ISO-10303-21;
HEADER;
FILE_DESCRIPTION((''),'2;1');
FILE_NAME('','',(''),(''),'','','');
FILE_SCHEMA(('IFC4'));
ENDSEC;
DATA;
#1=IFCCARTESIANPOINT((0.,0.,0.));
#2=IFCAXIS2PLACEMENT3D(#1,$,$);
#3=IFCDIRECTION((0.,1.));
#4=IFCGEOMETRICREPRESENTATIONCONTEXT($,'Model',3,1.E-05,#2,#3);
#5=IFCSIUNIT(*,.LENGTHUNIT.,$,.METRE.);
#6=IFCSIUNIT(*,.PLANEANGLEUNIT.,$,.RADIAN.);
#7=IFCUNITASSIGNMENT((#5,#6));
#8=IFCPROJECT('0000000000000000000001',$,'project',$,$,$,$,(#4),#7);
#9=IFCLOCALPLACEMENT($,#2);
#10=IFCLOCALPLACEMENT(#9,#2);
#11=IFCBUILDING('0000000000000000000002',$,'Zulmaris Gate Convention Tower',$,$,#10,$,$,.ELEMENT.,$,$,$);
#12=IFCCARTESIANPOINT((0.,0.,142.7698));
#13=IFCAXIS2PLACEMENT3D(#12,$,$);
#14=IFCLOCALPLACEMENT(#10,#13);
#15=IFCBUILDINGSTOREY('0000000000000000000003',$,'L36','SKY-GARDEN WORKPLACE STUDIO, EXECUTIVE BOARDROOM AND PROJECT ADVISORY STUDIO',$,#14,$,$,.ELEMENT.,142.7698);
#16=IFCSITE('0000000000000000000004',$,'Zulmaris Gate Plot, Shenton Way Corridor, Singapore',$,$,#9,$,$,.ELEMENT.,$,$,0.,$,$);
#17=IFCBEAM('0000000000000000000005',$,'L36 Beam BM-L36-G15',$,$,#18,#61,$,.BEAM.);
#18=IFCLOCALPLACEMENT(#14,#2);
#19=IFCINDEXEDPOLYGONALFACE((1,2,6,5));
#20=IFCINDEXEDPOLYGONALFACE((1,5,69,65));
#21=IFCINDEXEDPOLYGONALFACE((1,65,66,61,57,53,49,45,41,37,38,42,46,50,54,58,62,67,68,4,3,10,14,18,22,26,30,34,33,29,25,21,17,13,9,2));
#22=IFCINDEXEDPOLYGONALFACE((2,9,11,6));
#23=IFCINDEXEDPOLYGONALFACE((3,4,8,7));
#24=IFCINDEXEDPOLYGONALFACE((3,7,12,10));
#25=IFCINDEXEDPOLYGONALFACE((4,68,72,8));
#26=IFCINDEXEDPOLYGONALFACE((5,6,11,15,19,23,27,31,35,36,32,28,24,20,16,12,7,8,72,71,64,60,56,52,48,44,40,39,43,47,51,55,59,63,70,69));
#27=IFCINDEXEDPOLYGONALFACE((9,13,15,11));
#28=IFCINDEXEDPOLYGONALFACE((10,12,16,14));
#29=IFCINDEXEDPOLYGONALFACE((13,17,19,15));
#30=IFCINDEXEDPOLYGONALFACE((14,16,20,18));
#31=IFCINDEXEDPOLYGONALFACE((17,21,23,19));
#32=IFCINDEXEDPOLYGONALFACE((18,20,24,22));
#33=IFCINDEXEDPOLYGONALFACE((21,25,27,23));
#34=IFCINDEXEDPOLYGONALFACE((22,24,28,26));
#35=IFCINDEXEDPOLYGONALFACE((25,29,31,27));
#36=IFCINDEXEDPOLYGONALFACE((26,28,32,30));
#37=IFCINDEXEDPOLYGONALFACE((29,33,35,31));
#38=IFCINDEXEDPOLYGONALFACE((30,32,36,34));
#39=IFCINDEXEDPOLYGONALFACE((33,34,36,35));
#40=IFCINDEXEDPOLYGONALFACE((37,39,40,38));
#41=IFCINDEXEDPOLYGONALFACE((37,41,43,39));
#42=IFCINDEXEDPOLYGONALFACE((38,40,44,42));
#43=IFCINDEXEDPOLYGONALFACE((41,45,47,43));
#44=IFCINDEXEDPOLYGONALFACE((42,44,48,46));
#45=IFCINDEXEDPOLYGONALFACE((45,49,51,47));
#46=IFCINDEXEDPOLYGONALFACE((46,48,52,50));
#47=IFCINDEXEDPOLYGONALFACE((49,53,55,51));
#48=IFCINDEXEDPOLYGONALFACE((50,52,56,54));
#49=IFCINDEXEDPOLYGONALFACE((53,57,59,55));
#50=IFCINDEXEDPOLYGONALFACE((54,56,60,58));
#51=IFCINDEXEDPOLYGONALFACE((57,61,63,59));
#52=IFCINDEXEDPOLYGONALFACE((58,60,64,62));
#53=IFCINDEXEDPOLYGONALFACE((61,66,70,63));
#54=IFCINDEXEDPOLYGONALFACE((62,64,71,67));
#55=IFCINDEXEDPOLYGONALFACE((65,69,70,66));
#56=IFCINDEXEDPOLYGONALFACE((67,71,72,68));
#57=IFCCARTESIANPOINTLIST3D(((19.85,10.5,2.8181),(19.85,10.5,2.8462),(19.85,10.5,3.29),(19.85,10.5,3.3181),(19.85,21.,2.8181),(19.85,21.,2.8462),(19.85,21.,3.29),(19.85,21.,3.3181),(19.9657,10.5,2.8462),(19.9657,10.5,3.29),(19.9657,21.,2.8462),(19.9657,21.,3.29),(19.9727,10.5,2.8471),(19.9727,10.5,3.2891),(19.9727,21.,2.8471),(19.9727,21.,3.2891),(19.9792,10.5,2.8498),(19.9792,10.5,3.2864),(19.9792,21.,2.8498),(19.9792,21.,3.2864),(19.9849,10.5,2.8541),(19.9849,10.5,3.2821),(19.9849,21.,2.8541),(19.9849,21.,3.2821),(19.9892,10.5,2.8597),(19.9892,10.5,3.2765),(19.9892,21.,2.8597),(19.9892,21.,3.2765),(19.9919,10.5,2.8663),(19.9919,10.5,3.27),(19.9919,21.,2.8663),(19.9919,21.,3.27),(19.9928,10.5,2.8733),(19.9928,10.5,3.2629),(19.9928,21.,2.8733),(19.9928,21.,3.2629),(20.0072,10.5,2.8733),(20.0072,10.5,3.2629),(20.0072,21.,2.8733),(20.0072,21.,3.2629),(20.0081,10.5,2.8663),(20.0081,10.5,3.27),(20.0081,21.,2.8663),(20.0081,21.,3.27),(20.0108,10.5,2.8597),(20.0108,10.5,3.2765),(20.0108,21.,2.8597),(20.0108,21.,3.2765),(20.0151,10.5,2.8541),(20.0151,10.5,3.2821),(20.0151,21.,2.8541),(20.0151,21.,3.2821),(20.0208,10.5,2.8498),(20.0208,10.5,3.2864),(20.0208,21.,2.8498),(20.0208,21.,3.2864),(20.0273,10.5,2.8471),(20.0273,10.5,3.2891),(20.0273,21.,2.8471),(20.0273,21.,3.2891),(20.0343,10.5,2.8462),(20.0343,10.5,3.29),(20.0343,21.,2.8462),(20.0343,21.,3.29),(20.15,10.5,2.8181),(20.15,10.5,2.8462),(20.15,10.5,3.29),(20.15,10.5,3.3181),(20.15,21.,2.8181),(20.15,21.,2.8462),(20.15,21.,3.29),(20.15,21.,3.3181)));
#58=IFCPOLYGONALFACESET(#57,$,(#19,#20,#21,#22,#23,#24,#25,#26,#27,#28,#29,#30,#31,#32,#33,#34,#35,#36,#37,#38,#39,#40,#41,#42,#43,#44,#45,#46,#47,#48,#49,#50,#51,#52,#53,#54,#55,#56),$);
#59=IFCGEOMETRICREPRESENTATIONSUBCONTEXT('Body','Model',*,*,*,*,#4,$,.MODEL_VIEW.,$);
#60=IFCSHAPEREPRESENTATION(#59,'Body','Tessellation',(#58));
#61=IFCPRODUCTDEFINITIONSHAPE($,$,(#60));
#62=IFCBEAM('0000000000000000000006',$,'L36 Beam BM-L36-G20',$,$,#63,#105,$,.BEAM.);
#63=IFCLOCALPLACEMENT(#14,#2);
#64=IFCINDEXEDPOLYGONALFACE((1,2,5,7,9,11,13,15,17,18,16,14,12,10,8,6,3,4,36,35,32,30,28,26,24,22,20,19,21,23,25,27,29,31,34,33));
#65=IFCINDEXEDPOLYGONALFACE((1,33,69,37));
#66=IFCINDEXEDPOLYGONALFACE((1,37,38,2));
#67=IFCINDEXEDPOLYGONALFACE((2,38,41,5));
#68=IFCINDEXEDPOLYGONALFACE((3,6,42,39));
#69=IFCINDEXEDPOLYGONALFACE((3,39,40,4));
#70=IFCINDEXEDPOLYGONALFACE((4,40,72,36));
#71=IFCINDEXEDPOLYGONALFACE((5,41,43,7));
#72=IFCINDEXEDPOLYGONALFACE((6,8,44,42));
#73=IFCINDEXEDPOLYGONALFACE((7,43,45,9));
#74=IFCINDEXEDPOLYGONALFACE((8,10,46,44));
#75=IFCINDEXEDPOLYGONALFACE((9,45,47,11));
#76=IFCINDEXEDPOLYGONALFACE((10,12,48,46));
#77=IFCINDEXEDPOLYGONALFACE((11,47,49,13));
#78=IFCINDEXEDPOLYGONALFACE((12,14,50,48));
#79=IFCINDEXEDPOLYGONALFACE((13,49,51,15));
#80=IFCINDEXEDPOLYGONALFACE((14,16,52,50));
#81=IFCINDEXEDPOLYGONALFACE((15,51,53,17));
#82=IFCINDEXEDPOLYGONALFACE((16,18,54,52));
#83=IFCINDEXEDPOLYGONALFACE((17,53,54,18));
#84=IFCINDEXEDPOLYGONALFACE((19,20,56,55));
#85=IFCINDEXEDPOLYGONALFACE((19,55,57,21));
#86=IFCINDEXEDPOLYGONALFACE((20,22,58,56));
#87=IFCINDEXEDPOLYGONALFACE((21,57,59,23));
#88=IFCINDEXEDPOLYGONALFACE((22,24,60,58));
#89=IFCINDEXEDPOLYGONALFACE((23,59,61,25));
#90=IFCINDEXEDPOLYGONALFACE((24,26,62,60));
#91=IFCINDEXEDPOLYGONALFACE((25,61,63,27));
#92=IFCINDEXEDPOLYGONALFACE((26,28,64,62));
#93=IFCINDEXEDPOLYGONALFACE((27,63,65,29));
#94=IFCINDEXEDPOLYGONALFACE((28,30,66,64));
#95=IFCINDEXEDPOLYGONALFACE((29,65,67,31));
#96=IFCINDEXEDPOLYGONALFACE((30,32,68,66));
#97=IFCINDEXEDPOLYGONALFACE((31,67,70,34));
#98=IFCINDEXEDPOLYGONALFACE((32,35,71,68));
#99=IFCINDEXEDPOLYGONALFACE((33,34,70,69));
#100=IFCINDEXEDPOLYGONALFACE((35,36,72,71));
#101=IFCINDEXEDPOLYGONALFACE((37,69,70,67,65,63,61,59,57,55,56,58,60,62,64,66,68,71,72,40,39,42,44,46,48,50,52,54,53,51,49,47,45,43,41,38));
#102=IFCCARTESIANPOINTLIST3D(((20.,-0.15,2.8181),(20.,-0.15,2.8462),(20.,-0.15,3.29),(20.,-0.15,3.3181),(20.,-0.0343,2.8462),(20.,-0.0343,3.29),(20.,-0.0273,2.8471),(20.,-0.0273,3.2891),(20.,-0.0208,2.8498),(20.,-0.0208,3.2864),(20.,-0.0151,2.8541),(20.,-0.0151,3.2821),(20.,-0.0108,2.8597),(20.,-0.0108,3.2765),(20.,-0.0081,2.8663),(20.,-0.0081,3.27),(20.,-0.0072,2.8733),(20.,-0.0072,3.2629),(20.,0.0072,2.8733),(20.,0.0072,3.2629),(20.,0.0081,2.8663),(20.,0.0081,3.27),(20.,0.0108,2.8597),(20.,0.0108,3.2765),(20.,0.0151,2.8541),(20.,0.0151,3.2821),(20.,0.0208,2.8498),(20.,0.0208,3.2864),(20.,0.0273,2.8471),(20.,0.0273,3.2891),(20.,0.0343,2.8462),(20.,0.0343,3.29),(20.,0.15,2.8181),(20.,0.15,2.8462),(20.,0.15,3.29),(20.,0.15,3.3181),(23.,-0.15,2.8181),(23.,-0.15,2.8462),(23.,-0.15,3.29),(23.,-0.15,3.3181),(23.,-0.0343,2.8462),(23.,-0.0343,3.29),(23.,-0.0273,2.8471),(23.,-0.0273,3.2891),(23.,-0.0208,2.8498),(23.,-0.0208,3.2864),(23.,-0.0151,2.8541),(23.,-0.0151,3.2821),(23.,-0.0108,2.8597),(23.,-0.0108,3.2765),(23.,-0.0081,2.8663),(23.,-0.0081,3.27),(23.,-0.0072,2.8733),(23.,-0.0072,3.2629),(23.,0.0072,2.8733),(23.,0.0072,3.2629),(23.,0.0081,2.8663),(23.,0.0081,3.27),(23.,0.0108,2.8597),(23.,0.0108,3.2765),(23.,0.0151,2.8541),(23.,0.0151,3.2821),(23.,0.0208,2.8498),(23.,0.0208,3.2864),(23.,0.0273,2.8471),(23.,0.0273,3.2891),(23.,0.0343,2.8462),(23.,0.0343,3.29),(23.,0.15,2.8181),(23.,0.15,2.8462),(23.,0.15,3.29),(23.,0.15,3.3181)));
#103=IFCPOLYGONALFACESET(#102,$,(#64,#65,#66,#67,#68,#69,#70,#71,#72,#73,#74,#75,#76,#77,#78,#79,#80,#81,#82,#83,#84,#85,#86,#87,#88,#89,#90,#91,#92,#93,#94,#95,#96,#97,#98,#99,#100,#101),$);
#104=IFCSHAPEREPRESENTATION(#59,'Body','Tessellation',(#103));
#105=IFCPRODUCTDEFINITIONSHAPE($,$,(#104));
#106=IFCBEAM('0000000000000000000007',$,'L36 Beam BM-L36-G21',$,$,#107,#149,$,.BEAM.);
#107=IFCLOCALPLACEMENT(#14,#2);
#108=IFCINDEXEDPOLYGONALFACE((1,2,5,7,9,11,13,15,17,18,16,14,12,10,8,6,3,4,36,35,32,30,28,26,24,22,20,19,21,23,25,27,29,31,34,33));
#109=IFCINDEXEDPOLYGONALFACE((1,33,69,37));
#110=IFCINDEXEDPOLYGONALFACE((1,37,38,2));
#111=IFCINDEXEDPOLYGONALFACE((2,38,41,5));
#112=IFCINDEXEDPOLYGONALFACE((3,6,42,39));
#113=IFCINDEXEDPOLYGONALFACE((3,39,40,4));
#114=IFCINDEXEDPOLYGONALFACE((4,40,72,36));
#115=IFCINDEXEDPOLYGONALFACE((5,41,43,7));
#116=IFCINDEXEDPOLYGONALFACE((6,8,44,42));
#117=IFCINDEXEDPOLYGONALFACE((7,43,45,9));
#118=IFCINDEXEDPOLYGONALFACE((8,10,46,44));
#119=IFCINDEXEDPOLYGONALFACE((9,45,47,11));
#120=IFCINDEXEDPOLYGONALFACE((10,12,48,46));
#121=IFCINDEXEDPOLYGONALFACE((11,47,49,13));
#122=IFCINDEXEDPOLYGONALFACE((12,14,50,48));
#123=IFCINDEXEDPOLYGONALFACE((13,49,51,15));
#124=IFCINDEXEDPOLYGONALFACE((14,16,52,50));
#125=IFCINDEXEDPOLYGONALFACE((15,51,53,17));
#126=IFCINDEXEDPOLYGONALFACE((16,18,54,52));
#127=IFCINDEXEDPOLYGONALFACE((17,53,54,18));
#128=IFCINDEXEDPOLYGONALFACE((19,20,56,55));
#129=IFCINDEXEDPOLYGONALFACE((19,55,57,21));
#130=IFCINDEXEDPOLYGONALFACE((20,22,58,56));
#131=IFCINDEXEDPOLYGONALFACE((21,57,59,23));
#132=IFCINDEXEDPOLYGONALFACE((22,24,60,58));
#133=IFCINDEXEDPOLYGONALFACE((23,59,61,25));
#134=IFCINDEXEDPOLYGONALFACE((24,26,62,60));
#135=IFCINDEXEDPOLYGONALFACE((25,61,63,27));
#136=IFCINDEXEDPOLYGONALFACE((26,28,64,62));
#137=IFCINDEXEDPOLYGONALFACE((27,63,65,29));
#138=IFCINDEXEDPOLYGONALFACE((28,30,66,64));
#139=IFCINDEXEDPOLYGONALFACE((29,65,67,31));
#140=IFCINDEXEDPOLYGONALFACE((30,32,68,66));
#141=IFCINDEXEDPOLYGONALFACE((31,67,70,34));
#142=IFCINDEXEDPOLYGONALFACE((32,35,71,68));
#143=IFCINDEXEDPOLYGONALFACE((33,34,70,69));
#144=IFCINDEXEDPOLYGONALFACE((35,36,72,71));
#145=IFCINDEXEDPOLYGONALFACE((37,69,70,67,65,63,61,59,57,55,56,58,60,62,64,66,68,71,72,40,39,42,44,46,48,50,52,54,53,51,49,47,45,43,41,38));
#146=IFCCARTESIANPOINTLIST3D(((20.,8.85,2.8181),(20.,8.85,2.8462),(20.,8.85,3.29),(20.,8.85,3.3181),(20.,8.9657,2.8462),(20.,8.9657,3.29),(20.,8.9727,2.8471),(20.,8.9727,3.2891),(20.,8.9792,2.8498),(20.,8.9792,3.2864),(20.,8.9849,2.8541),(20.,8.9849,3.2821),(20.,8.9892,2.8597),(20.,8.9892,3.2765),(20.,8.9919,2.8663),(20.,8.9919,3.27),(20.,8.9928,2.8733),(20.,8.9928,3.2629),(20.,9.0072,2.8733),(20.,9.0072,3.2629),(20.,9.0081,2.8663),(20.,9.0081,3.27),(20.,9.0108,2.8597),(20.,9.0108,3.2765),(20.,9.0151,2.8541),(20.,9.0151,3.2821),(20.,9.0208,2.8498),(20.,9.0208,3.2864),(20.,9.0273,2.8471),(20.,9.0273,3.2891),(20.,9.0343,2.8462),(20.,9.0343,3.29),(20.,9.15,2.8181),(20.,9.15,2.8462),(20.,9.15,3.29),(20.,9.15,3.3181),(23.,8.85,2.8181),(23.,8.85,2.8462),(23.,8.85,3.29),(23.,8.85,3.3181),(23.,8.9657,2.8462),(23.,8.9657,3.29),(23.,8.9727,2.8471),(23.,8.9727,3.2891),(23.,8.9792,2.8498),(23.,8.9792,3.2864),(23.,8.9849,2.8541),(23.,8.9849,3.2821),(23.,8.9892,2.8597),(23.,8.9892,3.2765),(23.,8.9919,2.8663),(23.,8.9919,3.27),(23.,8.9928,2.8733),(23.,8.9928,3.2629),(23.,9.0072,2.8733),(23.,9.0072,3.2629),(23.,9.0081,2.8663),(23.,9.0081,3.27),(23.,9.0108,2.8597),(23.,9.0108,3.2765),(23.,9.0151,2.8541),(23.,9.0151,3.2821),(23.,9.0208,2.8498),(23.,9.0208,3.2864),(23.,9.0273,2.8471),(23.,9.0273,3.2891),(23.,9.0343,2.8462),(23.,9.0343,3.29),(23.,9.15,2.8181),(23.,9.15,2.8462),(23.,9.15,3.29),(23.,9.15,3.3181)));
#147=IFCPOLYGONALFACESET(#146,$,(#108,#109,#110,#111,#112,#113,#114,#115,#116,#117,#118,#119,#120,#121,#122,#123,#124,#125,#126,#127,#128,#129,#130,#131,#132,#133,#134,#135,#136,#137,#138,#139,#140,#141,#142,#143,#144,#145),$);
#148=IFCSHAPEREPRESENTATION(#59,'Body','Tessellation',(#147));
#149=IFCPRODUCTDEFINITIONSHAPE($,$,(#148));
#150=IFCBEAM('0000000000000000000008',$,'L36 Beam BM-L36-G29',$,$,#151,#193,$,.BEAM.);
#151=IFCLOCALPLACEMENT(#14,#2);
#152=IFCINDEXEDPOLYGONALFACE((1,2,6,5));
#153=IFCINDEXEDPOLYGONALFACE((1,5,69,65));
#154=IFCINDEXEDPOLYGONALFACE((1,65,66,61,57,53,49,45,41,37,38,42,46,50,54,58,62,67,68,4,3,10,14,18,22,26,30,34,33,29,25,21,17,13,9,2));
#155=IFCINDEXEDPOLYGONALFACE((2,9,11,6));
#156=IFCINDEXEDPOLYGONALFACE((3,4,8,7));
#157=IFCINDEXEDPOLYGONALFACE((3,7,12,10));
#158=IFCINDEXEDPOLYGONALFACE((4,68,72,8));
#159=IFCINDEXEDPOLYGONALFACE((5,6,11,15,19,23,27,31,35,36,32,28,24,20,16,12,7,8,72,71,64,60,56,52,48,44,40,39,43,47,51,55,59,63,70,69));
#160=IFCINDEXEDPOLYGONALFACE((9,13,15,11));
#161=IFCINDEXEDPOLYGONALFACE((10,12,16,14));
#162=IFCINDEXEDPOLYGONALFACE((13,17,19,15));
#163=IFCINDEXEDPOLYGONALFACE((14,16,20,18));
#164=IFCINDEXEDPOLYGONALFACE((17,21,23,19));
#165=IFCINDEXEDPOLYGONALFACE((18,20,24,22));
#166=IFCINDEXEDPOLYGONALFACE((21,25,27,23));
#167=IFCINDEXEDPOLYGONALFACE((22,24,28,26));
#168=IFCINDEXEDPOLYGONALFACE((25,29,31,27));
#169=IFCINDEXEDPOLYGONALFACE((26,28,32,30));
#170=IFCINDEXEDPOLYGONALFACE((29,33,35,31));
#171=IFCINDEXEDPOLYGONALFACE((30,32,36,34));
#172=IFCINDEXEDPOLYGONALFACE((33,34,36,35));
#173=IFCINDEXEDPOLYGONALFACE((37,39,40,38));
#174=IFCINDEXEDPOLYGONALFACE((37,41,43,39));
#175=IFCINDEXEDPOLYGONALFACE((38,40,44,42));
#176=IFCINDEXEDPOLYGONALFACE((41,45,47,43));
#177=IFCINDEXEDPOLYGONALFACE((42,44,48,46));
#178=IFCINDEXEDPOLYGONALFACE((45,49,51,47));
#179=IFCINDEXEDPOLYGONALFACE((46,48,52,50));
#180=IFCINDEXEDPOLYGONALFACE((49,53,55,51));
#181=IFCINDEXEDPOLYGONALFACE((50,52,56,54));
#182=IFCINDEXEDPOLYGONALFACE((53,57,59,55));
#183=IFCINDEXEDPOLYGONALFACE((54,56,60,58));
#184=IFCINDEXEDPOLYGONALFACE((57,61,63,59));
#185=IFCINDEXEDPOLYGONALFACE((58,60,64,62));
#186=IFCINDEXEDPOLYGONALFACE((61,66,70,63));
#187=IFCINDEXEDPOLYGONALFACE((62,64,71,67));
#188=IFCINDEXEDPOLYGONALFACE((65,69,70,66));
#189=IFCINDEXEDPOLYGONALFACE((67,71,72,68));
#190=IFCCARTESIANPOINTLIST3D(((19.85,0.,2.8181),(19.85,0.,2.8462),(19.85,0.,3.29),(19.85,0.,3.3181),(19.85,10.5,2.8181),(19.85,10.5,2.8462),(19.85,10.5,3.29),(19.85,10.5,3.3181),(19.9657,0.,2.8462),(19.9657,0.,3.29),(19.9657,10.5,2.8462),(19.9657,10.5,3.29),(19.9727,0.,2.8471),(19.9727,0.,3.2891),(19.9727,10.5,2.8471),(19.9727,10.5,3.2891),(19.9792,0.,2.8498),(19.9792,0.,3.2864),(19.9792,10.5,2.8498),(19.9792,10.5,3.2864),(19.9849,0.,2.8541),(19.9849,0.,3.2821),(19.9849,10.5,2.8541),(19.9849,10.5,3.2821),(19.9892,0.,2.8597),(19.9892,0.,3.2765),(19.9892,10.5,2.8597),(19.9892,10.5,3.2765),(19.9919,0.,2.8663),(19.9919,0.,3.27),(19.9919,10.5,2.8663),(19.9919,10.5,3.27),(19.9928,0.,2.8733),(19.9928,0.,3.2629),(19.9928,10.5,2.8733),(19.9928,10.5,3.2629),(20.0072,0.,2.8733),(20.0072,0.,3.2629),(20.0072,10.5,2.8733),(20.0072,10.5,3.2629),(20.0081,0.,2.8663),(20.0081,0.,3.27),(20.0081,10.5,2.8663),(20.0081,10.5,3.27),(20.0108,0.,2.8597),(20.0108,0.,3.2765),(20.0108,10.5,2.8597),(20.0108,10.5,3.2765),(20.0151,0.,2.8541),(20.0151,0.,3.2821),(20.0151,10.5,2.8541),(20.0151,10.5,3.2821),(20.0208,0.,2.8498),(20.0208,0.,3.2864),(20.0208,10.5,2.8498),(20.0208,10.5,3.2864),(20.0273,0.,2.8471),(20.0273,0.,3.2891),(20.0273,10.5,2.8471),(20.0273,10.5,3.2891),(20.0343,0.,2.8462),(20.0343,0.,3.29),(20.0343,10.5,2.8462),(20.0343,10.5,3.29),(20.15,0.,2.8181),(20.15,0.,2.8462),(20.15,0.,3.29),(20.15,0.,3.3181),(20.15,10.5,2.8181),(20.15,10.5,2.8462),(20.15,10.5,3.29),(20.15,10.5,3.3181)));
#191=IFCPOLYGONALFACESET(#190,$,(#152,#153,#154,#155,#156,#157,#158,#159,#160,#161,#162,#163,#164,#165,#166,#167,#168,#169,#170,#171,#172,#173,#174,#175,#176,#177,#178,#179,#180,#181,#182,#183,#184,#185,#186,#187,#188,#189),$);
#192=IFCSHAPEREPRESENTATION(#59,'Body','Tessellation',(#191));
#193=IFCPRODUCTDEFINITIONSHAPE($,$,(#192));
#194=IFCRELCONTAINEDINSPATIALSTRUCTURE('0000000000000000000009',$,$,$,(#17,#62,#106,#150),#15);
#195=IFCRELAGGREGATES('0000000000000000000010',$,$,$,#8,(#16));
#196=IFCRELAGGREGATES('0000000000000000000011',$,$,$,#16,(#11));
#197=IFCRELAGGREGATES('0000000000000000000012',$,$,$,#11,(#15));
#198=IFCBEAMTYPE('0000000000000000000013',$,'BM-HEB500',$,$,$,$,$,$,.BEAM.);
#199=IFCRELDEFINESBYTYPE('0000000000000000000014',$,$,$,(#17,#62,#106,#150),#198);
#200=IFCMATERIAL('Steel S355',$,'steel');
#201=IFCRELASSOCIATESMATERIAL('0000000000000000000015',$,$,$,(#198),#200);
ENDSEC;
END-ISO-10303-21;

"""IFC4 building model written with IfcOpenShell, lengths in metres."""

from ifc_helpers import new_model, si_unit, direction, frame, origin, origin_2d, place, context, subcontext, project, spatial, i_section, extrude, material, material_profile, profile_set, type_object, element, save


model = new_model("IFC4")

# Units and contexts
model_context = context("Model", 3, precision=1e-05, world=origin(), true_north=direction((0.0, 1.0)))
body_context = subcontext(model_context, "Body", "Model", "MODEL_VIEW")
ifc_project = project(units=[si_unit("LENGTHUNIT", "METRE"), si_unit("PLANEANGLEUNIT", "RADIAN")], contexts=[model_context])

# Site, building, storey
site_placement = place(None, origin())
site = spatial("IfcSite", under=ifc_project, at=site_placement, Name="Zulmaris Gate Plot, Shenton Way Corridor, Singapore", CompositionType="ELEMENT", RefElevation=0.0)
building_placement = place(site_placement, origin())
building = spatial("IfcBuilding", under=site, at=building_placement, Name="Zulmaris Gate Convention Tower", CompositionType="ELEMENT")
storey_placement = place(building_placement, frame((0.0, 0.0, 142.7698)))
storey = spatial("IfcBuildingStorey", under=building, at=storey_placement, Name="L36", Description="SKY-GARDEN WORKPLACE STUDIO, EXECUTIVE BOARDROOM AND PROJECT ADVISORY STUDIO", CompositionType="ELEMENT", Elevation=142.7698)

# Beams
ifc_material_1 = material(Name="Steel S355", Category="steel")
ifc_material_profile_1 = material_profile(ifc_material_1, i_section(OverallWidth=0.3, OverallDepth=0.5, WebThickness=0.0144, FlangeThickness=0.0281, FilletRadius=0.0271, at=origin_2d()), Name="HEB 500")
ifc_profile_set_1 = profile_set([ifc_material_profile_1], Name="Steel S355")
beam_type_1 = type_object("IfcBeamType", Name="BM-HEB500", PredefinedType="BEAM", material=ifc_profile_set_1)
beam_1_placement = place(storey_placement, frame((20.0, 10.5, 3.0681), z_axis=(0.0, 1.0, 0.0), x_axis=(-1.0, 0.0, 0.0)))
element("IfcBeam", 1, at=beam_1_placement, inside=storey, type_object=beam_type_1, Name="L36 Beam BM-L36-G15", PredefinedType="BEAM", context=body_context, shape_type="SweptSolid", body=[
    extrude(i_section(OverallWidth=0.3, OverallDepth=0.5, WebThickness=0.0144, FlangeThickness=0.0281, FilletRadius=0.0271, at=origin_2d()), origin(), (0.0, 0.0, 1.0), 10.5),
])
for number, where, z_axis, x_axis, name in (
    (2, (20.0, 0.0, 3.0681), (1.0, 0.0, 0.0), (0.0, 1.0, 0.0), "L36 Beam BM-L36-G20"),
    (3, (20.0, 9.0, 3.0681), (1.0, 0.0, 0.0), (0.0, 1.0, 0.0), "L36 Beam BM-L36-G21"),
):
    element("IfcBeam", number, at=place(storey_placement, frame(where, z_axis=z_axis, x_axis=x_axis)), inside=storey, type_object=beam_type_1, Name=name, PredefinedType="BEAM", context=body_context, shape_type="SweptSolid", body=[
        extrude(i_section(OverallWidth=0.3, OverallDepth=0.5, WebThickness=0.0144, FlangeThickness=0.0281, FilletRadius=0.0271, at=origin_2d()), origin(), (0.0, 0.0, 1.0), 3.0),
    ])
beam_2_placement = place(storey_placement, frame((20.0, 0.0, 3.0681), z_axis=(0.0, 1.0, 0.0), x_axis=(-1.0, 0.0, 0.0)))
element("IfcBeam", 4, at=beam_2_placement, inside=storey, type_object=beam_type_1, Name="L36 Beam BM-L36-G29", PredefinedType="BEAM", context=body_context, shape_type="SweptSolid", body=[
    extrude(i_section(OverallWidth=0.3, OverallDepth=0.5, WebThickness=0.0144, FlangeThickness=0.0281, FilletRadius=0.0271, at=origin_2d()), origin(), (0.0, 0.0, 1.0), 10.5),
])

save(model, "model.ifc")
